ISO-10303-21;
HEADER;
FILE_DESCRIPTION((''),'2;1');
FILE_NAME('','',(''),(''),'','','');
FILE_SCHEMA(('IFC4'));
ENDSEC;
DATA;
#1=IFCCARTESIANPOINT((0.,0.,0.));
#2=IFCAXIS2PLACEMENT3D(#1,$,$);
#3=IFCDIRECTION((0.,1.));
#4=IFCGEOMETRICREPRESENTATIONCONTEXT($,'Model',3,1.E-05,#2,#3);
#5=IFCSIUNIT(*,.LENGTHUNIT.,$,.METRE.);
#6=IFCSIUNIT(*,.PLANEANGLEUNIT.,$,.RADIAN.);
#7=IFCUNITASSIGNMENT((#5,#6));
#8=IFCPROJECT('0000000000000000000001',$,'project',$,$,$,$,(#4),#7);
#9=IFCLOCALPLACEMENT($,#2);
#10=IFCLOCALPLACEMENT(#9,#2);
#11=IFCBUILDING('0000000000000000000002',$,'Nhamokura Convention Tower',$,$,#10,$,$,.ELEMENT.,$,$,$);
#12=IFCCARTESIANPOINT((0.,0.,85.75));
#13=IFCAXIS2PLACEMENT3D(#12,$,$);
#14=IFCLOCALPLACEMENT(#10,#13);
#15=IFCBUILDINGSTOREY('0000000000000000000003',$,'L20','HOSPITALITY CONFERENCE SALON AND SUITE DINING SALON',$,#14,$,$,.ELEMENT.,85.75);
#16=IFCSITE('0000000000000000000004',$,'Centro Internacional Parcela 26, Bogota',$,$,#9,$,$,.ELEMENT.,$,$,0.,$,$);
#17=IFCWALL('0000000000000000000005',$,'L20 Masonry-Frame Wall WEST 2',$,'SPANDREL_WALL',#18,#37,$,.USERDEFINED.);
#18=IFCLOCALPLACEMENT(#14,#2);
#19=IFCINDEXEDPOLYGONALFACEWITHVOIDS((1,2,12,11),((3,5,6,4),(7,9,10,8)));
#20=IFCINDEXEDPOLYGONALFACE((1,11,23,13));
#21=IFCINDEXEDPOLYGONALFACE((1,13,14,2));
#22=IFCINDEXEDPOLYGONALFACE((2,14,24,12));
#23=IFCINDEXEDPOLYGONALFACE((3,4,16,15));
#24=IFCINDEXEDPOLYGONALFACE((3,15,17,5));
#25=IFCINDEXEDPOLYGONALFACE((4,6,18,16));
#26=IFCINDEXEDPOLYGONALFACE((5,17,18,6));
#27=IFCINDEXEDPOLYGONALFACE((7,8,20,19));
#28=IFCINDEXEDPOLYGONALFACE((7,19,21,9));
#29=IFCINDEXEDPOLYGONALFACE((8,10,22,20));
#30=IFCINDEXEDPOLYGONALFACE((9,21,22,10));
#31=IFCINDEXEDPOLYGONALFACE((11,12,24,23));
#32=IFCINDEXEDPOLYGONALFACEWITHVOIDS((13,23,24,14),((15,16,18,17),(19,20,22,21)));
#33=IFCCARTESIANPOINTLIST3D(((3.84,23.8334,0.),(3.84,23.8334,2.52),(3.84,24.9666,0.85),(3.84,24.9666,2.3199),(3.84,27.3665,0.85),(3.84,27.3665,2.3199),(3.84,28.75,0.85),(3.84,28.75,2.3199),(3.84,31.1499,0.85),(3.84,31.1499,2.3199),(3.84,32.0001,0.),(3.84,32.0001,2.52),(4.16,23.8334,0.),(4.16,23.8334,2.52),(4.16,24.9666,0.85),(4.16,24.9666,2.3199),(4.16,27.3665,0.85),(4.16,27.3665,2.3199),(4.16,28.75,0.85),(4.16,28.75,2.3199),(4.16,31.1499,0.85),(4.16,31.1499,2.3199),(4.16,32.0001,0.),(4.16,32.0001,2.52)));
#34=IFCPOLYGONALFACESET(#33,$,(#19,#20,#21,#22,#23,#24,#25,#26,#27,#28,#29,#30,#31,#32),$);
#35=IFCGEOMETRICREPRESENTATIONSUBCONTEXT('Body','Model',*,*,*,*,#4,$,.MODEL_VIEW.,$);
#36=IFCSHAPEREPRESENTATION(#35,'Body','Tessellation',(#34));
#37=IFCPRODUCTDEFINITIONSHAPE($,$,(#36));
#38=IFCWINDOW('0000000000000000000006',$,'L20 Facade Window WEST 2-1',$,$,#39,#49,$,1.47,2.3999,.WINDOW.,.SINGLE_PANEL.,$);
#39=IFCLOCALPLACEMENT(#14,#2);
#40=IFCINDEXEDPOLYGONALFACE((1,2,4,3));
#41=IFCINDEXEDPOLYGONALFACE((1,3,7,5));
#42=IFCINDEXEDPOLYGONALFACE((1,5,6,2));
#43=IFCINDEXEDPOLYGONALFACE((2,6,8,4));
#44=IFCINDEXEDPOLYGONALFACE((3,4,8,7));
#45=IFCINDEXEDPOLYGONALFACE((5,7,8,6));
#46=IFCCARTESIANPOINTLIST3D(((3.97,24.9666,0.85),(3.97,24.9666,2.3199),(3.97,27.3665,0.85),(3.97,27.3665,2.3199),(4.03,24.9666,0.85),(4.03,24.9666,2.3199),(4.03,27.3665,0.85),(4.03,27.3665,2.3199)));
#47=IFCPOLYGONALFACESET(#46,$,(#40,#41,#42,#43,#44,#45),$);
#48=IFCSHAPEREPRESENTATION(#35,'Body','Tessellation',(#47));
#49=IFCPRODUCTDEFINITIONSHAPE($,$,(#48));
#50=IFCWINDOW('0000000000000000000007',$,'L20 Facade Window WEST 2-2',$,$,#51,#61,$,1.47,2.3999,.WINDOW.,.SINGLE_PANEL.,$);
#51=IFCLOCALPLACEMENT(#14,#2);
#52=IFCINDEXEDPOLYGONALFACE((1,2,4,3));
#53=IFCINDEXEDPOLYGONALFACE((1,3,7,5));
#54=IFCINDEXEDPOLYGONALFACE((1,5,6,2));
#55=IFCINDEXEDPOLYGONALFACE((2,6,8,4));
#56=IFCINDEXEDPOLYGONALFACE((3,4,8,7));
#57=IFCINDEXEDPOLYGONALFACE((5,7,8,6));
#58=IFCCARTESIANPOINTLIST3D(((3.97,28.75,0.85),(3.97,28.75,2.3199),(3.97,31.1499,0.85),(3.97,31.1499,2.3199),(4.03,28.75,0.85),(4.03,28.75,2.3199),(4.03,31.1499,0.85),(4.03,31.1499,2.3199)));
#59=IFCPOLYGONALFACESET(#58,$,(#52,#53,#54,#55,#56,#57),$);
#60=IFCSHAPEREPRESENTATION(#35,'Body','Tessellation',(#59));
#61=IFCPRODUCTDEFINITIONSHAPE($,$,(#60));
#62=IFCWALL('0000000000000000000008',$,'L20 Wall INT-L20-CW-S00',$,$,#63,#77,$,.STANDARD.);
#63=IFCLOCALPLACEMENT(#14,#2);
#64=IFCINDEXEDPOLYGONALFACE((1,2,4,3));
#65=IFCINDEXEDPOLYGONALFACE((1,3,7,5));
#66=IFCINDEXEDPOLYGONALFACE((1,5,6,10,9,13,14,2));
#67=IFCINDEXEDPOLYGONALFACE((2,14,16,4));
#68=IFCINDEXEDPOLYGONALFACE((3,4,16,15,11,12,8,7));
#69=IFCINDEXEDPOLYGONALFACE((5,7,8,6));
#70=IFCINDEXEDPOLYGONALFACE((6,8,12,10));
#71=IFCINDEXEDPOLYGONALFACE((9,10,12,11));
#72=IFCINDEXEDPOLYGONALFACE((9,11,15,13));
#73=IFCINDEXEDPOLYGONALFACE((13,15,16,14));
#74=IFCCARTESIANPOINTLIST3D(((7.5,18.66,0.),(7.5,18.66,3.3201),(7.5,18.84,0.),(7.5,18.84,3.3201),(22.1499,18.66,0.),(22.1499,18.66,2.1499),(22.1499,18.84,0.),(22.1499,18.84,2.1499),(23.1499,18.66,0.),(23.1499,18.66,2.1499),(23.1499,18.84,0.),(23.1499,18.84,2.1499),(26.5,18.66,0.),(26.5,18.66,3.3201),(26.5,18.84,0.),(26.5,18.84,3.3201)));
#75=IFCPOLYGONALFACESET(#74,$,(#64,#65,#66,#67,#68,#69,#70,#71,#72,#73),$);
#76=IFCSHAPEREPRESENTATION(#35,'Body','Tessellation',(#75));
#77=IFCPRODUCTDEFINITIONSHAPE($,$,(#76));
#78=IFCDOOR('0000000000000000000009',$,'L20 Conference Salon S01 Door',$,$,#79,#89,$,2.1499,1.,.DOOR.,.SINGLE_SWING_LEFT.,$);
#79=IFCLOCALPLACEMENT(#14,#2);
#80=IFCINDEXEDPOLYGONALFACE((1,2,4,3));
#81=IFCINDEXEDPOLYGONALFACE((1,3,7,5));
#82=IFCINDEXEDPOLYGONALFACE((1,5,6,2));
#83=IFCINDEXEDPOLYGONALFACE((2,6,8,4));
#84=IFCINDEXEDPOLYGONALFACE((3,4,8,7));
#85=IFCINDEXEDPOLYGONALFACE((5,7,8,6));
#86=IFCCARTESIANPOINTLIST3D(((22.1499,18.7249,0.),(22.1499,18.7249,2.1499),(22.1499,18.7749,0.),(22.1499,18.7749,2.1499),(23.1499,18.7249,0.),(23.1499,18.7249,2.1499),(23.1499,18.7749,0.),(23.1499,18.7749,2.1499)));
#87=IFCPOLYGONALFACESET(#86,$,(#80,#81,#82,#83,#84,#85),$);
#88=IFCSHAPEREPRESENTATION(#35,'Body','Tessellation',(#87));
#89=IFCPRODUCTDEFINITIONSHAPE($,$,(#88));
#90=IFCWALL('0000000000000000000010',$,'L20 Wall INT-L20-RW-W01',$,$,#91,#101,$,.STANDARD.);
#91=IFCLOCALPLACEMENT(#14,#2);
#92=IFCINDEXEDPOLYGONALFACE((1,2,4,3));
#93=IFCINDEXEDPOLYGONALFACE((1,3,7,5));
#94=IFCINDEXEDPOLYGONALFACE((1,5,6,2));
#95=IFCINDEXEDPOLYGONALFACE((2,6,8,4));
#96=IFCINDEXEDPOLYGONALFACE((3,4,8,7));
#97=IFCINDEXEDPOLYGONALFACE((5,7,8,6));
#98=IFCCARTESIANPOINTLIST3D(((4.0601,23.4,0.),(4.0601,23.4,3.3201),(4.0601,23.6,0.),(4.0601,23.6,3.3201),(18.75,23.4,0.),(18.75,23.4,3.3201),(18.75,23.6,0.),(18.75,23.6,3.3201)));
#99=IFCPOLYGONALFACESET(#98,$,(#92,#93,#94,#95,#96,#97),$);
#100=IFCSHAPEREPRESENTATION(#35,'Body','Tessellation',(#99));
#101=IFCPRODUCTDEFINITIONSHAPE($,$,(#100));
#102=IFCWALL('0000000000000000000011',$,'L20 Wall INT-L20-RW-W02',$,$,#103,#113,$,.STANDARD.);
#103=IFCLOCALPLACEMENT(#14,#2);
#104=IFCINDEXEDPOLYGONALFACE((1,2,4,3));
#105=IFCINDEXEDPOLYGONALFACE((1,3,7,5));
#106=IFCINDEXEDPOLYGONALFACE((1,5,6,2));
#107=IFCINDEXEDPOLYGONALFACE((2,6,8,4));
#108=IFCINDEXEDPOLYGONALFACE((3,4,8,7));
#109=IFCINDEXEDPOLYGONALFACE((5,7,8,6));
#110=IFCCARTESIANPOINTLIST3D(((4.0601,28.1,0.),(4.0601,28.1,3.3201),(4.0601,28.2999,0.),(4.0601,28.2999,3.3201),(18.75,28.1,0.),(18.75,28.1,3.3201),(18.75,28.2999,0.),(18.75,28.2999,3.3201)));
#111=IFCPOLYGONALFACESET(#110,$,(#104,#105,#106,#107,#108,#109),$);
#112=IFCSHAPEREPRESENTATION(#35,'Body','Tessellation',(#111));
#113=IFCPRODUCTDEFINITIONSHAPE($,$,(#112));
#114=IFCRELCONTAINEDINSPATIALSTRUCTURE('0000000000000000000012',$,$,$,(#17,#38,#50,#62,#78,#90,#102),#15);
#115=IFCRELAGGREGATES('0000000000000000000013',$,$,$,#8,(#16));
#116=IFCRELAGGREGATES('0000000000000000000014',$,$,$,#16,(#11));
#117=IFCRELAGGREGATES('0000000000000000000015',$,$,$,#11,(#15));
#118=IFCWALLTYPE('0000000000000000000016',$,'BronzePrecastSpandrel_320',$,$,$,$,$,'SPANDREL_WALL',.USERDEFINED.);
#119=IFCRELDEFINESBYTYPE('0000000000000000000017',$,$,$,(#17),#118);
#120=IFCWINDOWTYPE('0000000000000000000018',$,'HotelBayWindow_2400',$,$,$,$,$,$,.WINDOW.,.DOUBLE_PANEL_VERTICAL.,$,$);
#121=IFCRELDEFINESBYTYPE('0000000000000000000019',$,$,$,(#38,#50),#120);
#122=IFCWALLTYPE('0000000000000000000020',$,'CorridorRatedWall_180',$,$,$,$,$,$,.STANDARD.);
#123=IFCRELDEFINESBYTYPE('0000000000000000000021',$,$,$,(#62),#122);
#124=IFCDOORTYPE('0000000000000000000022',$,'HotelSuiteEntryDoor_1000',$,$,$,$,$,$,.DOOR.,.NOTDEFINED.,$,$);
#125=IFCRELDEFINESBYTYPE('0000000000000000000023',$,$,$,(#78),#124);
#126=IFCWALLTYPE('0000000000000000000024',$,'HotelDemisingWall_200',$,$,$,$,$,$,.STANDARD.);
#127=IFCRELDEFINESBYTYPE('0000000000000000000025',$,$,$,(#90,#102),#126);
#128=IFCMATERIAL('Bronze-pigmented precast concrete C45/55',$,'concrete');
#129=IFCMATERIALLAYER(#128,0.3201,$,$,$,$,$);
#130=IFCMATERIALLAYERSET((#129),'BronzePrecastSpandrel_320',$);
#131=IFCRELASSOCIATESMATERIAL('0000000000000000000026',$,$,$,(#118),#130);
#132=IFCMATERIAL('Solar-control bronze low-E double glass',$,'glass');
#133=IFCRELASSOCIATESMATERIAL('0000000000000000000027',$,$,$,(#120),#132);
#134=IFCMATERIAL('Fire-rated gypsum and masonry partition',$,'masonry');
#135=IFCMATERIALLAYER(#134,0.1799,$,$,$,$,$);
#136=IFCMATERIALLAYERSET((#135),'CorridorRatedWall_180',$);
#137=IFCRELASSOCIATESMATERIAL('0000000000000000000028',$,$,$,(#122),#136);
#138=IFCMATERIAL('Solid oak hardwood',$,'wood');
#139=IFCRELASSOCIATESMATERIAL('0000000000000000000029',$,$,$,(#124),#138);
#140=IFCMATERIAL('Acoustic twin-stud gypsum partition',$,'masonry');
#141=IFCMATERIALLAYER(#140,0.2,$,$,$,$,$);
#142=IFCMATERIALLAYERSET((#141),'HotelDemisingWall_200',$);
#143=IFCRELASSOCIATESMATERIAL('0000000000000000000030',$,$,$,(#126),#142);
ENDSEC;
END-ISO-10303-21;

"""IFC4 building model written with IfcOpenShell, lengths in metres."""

from ifc_helpers import new_model, si_unit, direction, frame, frame_2d, origin, place, context, subcontext, project, spatial, rectangle, extrude, material, layer, layer_set, type_object, element, fill, save


model = new_model("IFC4")

# Units and contexts
model_context = context("Model", 3, precision=1e-05, world=origin(), true_north=direction((0.0, 1.0)))
body_context = subcontext(model_context, "Body", "Model", "MODEL_VIEW")
ifc_project = project(units=[si_unit("LENGTHUNIT", "METRE"), si_unit("PLANEANGLEUNIT", "RADIAN")], contexts=[model_context])

# Site, building, storey
site_placement = place(None, origin())
site = spatial("IfcSite", under=ifc_project, at=site_placement, Name="Centro Internacional Parcela 26, Bogota", CompositionType="ELEMENT", RefElevation=0.0)
building_placement = place(site_placement, origin())
building = spatial("IfcBuilding", under=site, at=building_placement, Name="Nhamokura Convention Tower", CompositionType="ELEMENT")
storey_placement = place(building_placement, frame((0.0, 0.0, 85.75)))
storey = spatial("IfcBuildingStorey", under=building, at=storey_placement, Name="L20", Description="HOSPITALITY CONFERENCE SALON AND SUITE DINING SALON", CompositionType="ELEMENT", Elevation=85.75)

# Wall, openings, windows
ifc_material_1 = material(Name="Bronze-pigmented precast concrete C45/55", Category="concrete")
ifc_layer_1 = layer(ifc_material_1, 0.3201)
ifc_layer_set_1 = layer_set([ifc_layer_1], Name="BronzePrecastSpandrel_320")
wall_type_1 = type_object("IfcWallType", Name="BronzePrecastSpandrel_320", ElementType="SPANDREL_WALL", PredefinedType="USERDEFINED", material=ifc_layer_set_1)
wall_1_placement = place(storey_placement, frame((4.0, 23.8333, 0.0), z_axis=(0.0, 0.0, 1.0), x_axis=(0.0, 1.0, 0.0)))
wall_1 = element("IfcWall", 1, at=wall_1_placement, inside=storey, type_object=wall_type_1, Name="L20 Masonry-Frame Wall WEST 2", ObjectType="SPANDREL_WALL", PredefinedType="USERDEFINED", context=body_context, shape_type="SweptSolid", body=[
    extrude(rectangle(XDim=8.1667, YDim=0.3201, at=frame_2d((4.0835, 0.0))), origin(), (0.0, 0.0, 1.0), 2.52),
])
opening_1_placement = place(wall_1_placement, frame((1.1333, 0.0, 0.8501)))
opening_1 = element("IfcOpeningElement", 2, at=opening_1_placement, cuts=wall_1, PredefinedType="OPENING", context=body_context, shape_type="SweptSolid", body=[
    extrude(rectangle(XDim=2.3999, YDim=1.47, at=frame_2d((1.2, 0.7349))), frame((0.0, 0.1699, 0.0), z_axis=(0.0, -1.0, 0.0), x_axis=(1.0, 0.0, 0.0)), (0.0, 0.0, 1.0), 0.3401),
])
opening_2_placement = place(wall_1_placement, frame((4.9167, 0.0, 0.8501)))
opening_2 = element("IfcOpeningElement", 3, at=opening_2_placement, cuts=wall_1, PredefinedType="OPENING", context=body_context, shape_type="SweptSolid", body=[
    extrude(rectangle(XDim=2.3999, YDim=1.47, at=frame_2d((1.2, 0.7349))), frame((0.0, 0.1699, 0.0), z_axis=(0.0, -1.0, 0.0), x_axis=(1.0, 0.0, 0.0)), (0.0, 0.0, 1.0), 0.3401),
])
ifc_material_2 = material(Name="Solar-control bronze low-E double glass", Category="glass")
window_type = type_object("IfcWindowType", Name="HotelBayWindow_2400", PartitioningType="DOUBLE_PANEL_VERTICAL", PredefinedType="WINDOW", material=ifc_material_2)
window_1_placement = place(opening_1_placement, origin())
window_1 = element("IfcWindow", 4, at=window_1_placement, inside=storey, type_object=window_type, Name="L20 Facade Window WEST 2-1", OverallHeight=1.47, OverallWidth=2.3999, PartitioningType="SINGLE_PANEL", PredefinedType="WINDOW", context=body_context, shape_type="SweptSolid", body=[
    extrude(rectangle(XDim=2.3999, YDim=1.47, at=frame_2d((1.2, 0.7349))), frame((0.0, 0.03, 0.0), z_axis=(0.0, -1.0, 0.0), x_axis=(1.0, 0.0, 0.0)), (0.0, 0.0, 1.0), 0.0601),
])
fill(opening_1, window_1)
window_2_placement = place(opening_2_placement, origin())
window_2 = element("IfcWindow", 5, at=window_2_placement, inside=storey, type_object=window_type, Name="L20 Facade Window WEST 2-2", OverallHeight=1.47, OverallWidth=2.3999, PartitioningType="SINGLE_PANEL", PredefinedType="WINDOW", context=body_context, shape_type="SweptSolid", body=[
    extrude(rectangle(XDim=2.3999, YDim=1.47, at=frame_2d((1.2, 0.7349))), frame((0.0, 0.03, 0.0), z_axis=(0.0, -1.0, 0.0), x_axis=(1.0, 0.0, 0.0)), (0.0, 0.0, 1.0), 0.0601),
])
fill(opening_2, window_2)

# Wall, opening, door
ifc_material_3 = material(Name="Fire-rated gypsum and masonry partition", Category="masonry")
ifc_layer_2 = layer(ifc_material_3, 0.1799)
ifc_layer_set_2 = layer_set([ifc_layer_2], Name="CorridorRatedWall_180")
wall_type_2 = type_object("IfcWallType", Name="CorridorRatedWall_180", PredefinedType="STANDARD", material=ifc_layer_set_2)
wall_2_placement = place(storey_placement, frame((7.5, 18.75, 0.0), z_axis=(0.0, 0.0, 1.0), x_axis=(1.0, 0.0, 0.0)))
wall_2 = element("IfcWall", 6, at=wall_2_placement, inside=storey, type_object=wall_type_2, Name="L20 Wall INT-L20-CW-S00", PredefinedType="STANDARD", context=body_context, shape_type="SweptSolid", body=[
    extrude(rectangle(XDim=19.0, YDim=0.1799, at=frame_2d((9.5, 0.0))), origin(), (0.0, 0.0, 1.0), 3.3201),
])
opening_3_placement = place(wall_2_placement, frame((14.6499, 0.0, 0.0)))
opening_3 = element("IfcOpeningElement", 7, at=opening_3_placement, cuts=wall_2, PredefinedType="OPENING", context=body_context, shape_type="SweptSolid", body=[
    extrude(rectangle(XDim=1.0, YDim=2.1499, at=frame_2d((0.5, 1.075))), frame((0.0, 0.0999, 0.0), z_axis=(0.0, -1.0, 0.0), x_axis=(1.0, 0.0, 0.0)), (0.0, 0.0, 1.0), 0.2),
])
ifc_material_4 = material(Name="Solid oak hardwood", Category="wood")
door_type_1 = type_object("IfcDoorType", Name="HotelSuiteEntryDoor_1000", OperationType="NOTDEFINED", PredefinedType="DOOR", material=ifc_material_4)
door_1_placement = place(opening_3_placement, origin())
door_1 = element("IfcDoor", 8, at=door_1_placement, inside=storey, type_object=door_type_1, Name="L20 Conference Salon S01 Door", OperationType="SINGLE_SWING_LEFT", OverallHeight=2.1499, OverallWidth=1.0, PredefinedType="DOOR", context=body_context, shape_type="SweptSolid", body=[
    extrude(rectangle(XDim=1.0, YDim=2.1499, at=frame_2d((0.5, 1.075))), frame((0.0, 0.0249, 0.0), z_axis=(0.0, -1.0, 0.0), x_axis=(1.0, 0.0, 0.0)), (0.0, 0.0, 1.0), 0.05),
])
fill(opening_3, door_1)

# Walls
ifc_material_5 = material(Name="Acoustic twin-stud gypsum partition", Category="masonry")
ifc_layer_3 = layer(ifc_material_5, 0.2)
ifc_layer_set_3 = layer_set([ifc_layer_3], Name="HotelDemisingWall_200")
wall_type_3 = type_object("IfcWallType", Name="HotelDemisingWall_200", PredefinedType="STANDARD", material=ifc_layer_set_3)
for number, where, z_axis, x_axis, name in (
    (9, (4.0601, 23.5, 0.0), (0.0, 0.0, 1.0), (1.0, 0.0, 0.0), "L20 Wall INT-L20-RW-W01"),
    (10, (4.0601, 28.2, 0.0), (0.0, 0.0, 1.0), (1.0, 0.0, 0.0), "L20 Wall INT-L20-RW-W02"),
):
    element("IfcWall", number, at=place(storey_placement, frame(where, z_axis=z_axis, x_axis=x_axis)), inside=storey, type_object=wall_type_3, Name=name, PredefinedType="STANDARD", context=body_context, shape_type="SweptSolid", body=[
        extrude(rectangle(XDim=14.6899, YDim=0.2, at=frame_2d((7.345, 0.0))), origin(), (0.0, 0.0, 1.0), 3.3201),
    ])

save(model, "model.ifc")
